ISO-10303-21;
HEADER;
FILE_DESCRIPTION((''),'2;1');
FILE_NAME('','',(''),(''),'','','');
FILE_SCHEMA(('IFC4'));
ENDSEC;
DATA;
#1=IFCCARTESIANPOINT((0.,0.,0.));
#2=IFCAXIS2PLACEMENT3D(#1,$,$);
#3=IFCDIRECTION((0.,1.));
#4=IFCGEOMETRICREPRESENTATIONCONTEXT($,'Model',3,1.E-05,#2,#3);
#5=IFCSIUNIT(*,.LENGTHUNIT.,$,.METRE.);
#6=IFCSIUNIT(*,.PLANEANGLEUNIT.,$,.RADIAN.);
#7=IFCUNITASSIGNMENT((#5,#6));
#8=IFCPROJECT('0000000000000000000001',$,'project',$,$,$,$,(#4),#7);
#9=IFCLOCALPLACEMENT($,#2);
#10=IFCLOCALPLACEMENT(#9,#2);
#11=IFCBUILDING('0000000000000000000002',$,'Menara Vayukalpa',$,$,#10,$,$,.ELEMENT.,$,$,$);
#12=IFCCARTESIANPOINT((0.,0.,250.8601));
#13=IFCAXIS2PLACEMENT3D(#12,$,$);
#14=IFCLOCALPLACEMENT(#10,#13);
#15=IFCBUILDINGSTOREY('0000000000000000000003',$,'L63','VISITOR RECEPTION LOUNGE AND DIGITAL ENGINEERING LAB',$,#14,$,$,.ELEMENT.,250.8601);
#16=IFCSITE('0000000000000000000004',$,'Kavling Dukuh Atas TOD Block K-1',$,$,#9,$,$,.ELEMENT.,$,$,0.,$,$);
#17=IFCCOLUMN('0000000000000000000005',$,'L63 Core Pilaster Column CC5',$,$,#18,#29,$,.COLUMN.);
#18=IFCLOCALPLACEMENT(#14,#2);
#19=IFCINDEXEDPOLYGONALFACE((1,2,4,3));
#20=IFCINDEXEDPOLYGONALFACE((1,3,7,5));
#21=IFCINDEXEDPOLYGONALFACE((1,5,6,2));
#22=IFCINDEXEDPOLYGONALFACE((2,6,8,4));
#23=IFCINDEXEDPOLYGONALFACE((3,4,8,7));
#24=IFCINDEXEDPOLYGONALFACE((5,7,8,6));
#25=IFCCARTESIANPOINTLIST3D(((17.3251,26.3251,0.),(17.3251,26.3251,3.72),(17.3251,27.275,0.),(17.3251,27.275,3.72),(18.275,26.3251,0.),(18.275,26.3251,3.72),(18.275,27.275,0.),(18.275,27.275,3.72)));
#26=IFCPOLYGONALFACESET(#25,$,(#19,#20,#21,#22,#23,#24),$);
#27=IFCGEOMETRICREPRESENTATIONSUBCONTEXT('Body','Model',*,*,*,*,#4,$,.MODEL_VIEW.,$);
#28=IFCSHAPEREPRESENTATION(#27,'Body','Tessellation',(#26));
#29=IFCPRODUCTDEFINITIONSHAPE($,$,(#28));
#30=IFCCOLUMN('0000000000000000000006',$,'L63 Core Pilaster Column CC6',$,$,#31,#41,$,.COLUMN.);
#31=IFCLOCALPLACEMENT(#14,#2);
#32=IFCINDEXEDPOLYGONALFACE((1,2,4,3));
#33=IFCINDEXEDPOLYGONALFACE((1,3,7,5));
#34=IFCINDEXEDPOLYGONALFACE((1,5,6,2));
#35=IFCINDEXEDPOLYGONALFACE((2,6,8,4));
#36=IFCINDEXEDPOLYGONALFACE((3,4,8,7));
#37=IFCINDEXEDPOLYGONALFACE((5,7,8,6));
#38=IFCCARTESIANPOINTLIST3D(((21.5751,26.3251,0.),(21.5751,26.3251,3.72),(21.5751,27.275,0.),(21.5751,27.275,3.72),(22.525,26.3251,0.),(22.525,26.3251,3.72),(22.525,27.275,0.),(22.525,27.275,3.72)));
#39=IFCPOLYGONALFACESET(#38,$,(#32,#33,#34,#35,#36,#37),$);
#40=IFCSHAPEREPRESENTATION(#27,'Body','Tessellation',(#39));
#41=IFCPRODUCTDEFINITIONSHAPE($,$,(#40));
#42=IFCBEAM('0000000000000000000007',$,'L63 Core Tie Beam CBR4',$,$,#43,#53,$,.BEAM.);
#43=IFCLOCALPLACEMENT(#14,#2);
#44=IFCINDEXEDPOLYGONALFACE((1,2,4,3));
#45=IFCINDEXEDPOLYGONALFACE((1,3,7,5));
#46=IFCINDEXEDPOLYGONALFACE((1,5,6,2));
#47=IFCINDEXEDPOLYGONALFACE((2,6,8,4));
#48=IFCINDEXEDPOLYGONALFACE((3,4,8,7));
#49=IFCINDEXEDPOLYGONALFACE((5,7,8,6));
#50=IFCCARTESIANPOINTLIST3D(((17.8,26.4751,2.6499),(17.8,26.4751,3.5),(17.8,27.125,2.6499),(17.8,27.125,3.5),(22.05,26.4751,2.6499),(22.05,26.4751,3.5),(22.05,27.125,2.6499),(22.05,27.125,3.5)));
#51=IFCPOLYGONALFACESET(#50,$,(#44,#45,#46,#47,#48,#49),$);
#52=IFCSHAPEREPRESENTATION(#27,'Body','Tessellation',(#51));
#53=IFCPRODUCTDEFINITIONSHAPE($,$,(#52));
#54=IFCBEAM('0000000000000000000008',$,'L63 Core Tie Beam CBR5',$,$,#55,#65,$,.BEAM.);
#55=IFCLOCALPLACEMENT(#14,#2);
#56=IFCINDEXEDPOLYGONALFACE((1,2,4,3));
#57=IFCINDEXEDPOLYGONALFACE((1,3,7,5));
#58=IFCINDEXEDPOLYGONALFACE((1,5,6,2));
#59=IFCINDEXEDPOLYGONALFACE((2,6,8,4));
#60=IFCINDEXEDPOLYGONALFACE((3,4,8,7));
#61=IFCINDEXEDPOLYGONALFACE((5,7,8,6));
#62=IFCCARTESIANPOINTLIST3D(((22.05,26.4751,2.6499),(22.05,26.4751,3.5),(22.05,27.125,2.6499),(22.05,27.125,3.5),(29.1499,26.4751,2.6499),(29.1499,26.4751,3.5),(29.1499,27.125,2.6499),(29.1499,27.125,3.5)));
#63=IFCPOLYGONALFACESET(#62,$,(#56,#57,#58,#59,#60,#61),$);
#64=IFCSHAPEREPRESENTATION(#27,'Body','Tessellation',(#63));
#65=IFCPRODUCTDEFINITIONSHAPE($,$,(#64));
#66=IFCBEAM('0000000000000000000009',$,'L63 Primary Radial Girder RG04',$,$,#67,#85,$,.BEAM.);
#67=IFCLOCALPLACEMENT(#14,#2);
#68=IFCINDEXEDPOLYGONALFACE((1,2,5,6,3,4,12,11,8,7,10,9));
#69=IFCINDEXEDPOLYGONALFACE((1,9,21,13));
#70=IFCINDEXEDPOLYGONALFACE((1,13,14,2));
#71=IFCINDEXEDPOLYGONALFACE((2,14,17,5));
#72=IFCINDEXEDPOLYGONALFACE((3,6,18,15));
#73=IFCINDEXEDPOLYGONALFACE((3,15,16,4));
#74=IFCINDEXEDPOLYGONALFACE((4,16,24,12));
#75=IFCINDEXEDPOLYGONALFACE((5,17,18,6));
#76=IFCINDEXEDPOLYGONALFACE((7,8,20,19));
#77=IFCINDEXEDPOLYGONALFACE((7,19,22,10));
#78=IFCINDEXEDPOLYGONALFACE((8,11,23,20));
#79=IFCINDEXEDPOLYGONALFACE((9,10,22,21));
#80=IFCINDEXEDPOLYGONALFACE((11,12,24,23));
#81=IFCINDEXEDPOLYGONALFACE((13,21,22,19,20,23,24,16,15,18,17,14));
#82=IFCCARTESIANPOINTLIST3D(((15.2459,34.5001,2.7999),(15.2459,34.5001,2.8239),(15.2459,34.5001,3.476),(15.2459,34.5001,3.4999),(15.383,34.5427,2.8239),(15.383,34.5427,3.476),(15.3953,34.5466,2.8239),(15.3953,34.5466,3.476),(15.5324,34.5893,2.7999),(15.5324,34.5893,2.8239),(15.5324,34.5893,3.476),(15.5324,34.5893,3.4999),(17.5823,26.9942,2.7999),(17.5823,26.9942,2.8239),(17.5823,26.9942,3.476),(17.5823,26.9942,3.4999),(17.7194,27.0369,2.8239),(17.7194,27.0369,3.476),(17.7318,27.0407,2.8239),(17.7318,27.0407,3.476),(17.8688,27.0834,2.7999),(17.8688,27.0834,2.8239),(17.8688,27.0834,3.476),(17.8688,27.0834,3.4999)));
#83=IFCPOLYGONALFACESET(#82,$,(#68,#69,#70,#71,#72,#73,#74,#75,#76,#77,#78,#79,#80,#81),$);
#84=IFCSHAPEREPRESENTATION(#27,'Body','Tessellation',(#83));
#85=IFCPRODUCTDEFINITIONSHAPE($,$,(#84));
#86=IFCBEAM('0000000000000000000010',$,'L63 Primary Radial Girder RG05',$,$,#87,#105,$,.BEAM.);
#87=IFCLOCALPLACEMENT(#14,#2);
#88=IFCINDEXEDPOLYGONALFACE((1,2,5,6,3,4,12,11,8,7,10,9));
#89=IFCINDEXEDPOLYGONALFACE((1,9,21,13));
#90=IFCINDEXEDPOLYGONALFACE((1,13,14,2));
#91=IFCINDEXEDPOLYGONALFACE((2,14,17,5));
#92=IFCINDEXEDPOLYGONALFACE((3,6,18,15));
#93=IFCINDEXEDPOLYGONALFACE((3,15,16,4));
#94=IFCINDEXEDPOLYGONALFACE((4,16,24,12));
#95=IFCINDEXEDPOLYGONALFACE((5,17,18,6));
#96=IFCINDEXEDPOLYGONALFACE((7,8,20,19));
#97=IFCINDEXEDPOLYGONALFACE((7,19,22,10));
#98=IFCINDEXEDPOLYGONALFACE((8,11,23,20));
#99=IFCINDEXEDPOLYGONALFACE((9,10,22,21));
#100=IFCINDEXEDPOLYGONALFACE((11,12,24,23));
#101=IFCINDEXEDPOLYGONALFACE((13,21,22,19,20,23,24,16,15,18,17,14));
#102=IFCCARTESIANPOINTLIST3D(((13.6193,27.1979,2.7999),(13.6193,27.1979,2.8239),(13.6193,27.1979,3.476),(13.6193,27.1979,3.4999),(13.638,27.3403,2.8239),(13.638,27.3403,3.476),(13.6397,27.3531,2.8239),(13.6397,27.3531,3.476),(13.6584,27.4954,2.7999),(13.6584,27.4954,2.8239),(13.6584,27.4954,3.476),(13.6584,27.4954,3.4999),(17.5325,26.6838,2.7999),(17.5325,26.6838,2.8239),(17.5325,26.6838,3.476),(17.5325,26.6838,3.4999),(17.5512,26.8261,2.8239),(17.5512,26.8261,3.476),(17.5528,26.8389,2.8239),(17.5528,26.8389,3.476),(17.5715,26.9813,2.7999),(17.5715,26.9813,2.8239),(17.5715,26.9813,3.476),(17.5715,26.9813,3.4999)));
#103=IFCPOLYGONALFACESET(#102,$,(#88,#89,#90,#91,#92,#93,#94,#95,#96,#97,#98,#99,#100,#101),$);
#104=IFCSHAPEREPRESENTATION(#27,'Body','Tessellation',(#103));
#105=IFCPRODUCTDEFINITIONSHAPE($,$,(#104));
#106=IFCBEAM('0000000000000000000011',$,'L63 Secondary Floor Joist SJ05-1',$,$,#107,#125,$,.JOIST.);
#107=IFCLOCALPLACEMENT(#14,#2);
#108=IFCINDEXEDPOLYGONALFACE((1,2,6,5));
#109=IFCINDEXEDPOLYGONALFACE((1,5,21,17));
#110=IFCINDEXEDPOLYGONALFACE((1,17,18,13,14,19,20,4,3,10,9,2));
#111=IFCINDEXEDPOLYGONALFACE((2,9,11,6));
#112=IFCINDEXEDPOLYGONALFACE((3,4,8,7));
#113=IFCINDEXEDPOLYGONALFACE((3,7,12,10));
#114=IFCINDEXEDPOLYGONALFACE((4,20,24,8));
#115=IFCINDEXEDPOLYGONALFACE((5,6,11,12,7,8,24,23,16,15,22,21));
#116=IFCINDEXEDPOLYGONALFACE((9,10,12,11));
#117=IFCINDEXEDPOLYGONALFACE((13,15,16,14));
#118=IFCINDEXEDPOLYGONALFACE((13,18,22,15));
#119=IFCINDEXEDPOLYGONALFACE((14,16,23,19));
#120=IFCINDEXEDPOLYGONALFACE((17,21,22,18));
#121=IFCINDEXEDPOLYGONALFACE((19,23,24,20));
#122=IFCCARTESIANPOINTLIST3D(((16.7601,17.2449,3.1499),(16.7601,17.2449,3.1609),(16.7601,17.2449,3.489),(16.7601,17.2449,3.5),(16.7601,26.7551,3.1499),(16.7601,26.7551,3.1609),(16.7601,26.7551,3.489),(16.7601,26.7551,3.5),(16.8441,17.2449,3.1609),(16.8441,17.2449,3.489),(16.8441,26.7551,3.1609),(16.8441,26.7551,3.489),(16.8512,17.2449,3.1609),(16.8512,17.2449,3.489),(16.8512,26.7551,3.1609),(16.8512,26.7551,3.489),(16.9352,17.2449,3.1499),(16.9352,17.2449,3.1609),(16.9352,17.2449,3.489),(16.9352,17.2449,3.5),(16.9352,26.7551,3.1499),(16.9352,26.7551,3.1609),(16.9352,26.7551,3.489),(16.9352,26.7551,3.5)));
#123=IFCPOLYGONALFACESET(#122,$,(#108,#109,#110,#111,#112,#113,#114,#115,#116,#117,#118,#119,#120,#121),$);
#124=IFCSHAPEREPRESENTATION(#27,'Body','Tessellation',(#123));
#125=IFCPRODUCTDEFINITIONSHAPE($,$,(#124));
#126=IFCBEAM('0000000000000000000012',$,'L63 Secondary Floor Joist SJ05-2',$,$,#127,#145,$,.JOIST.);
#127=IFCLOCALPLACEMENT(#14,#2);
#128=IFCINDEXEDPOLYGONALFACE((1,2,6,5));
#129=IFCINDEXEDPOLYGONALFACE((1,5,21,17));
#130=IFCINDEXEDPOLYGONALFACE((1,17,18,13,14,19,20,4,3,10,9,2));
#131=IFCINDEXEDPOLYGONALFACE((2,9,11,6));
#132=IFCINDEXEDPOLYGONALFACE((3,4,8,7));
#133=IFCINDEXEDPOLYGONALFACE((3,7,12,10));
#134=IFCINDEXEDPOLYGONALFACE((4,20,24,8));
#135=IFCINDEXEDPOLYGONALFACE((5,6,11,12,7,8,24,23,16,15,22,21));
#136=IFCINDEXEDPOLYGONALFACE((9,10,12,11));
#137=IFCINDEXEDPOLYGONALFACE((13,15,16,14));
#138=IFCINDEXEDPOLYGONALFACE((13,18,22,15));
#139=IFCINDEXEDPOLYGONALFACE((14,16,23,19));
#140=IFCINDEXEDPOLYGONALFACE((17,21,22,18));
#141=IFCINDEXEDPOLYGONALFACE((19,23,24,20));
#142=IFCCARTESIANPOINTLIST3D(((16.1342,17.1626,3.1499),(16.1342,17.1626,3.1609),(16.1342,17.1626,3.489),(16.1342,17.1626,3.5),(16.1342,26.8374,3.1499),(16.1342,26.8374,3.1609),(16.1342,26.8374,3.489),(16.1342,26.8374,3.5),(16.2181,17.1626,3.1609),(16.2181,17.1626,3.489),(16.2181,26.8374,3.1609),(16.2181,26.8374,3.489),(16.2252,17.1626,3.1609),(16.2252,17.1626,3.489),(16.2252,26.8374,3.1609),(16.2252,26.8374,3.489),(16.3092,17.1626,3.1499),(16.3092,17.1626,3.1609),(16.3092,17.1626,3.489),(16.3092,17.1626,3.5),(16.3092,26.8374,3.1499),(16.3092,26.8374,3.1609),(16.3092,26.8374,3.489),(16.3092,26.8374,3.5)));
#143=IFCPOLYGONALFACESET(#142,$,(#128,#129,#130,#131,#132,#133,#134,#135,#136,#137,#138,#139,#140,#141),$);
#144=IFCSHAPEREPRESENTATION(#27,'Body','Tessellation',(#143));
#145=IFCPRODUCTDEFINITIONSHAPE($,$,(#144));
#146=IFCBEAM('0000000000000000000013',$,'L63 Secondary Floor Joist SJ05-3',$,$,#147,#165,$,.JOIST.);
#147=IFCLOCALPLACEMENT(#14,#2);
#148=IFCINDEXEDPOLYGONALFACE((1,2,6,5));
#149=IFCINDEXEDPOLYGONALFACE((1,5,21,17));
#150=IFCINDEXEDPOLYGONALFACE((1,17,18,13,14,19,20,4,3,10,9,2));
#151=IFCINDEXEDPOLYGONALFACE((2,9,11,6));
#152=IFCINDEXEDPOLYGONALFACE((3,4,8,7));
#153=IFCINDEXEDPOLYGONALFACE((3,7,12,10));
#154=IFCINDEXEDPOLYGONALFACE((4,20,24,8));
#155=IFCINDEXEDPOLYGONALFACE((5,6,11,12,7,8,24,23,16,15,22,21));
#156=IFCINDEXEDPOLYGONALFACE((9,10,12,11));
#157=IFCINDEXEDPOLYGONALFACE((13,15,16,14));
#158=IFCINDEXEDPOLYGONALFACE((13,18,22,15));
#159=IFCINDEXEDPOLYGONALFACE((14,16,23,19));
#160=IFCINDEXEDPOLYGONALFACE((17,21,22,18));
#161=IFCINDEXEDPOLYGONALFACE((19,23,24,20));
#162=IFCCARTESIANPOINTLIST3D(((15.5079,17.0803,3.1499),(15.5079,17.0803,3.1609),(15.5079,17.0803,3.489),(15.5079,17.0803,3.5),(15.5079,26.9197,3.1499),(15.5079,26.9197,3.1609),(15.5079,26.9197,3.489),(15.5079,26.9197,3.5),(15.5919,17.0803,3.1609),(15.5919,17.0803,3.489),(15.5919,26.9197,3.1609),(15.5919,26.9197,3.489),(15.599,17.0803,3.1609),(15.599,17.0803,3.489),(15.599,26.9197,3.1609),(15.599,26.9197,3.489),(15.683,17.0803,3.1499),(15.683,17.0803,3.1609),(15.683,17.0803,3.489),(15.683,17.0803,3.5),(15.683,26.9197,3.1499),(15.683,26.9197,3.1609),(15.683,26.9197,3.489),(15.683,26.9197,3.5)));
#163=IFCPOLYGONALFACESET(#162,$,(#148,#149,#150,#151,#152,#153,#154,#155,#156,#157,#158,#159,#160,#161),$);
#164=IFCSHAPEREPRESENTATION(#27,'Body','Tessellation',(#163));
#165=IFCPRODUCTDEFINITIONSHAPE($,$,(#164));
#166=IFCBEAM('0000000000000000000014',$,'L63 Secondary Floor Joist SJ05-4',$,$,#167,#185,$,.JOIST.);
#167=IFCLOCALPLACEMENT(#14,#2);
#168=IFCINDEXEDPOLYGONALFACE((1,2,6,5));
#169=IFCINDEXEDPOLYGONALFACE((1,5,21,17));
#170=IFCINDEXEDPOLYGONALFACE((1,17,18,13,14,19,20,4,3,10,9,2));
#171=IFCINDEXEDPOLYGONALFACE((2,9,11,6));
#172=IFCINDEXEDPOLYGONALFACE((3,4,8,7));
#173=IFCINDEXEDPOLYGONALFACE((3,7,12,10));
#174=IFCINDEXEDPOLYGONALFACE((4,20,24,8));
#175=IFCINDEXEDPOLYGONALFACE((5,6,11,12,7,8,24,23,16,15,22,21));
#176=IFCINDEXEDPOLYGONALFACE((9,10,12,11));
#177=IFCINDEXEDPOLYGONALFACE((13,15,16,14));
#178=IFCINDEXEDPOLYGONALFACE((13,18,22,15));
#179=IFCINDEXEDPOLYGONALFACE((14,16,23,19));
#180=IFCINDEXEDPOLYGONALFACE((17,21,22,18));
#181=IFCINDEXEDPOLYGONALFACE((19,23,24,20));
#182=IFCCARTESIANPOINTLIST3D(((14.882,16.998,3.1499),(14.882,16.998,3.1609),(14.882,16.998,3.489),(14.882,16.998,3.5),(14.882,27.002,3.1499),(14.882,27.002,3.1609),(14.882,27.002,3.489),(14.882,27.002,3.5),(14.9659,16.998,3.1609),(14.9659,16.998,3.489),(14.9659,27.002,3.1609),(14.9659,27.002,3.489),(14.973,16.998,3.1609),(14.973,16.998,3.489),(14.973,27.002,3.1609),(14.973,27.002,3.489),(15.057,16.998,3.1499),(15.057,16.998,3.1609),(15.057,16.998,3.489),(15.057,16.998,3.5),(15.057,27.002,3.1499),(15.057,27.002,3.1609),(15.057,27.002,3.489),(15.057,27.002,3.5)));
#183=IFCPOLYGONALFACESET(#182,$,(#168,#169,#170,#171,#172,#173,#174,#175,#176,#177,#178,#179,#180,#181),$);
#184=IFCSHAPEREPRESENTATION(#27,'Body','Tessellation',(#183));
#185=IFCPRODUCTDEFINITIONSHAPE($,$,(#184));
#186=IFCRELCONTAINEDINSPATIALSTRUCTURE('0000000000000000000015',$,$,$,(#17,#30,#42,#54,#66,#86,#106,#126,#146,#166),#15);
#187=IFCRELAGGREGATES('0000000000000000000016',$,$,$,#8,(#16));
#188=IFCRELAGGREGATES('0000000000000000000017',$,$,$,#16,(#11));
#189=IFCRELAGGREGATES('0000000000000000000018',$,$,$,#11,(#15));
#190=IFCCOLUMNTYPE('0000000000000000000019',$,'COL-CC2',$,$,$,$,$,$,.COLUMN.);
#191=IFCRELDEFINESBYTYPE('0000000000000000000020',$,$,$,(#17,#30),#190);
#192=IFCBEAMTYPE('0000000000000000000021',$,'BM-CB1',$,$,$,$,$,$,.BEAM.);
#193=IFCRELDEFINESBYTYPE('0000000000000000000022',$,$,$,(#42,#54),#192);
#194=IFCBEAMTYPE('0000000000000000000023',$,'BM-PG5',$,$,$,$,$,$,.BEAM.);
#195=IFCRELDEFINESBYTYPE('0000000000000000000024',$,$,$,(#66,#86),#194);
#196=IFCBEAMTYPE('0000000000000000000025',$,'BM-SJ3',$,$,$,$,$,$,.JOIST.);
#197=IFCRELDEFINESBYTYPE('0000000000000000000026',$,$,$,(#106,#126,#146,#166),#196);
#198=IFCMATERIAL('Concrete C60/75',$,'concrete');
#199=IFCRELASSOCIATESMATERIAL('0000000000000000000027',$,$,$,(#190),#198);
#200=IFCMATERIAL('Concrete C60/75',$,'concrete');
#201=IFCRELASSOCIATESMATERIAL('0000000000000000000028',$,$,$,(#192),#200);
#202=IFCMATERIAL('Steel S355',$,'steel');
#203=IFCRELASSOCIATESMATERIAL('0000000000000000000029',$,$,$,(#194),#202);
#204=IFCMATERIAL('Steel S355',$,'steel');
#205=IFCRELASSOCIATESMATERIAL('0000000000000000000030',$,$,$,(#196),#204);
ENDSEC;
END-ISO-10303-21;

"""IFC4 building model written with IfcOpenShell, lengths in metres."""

from ifc_helpers import new_model, si_unit, direction, frame, origin, origin_2d, place, context, subcontext, project, spatial, rectangle, i_section, extrude, material, material_profile, profile_set, type_object, element, save


model = new_model("IFC4")

# Units and contexts
model_context = context("Model", 3, precision=1e-05, world=origin(), true_north=direction((0.0, 1.0)))
body_context = subcontext(model_context, "Body", "Model", "MODEL_VIEW")
ifc_project = project(units=[si_unit("LENGTHUNIT", "METRE"), si_unit("PLANEANGLEUNIT", "RADIAN")], contexts=[model_context])

# Site, building, storey
site_placement = place(None, origin())
site = spatial("IfcSite", under=ifc_project, at=site_placement, Name="Kavling Dukuh Atas TOD Block K-1", CompositionType="ELEMENT", RefElevation=0.0)
building_placement = place(site_placement, origin())
building = spatial("IfcBuilding", under=site, at=building_placement, Name="Menara Vayukalpa", CompositionType="ELEMENT")
storey_placement = place(building_placement, frame((0.0, 0.0, 250.8601)))
storey = spatial("IfcBuildingStorey", under=building, at=storey_placement, Name="L63", Description="VISITOR RECEPTION LOUNGE AND DIGITAL ENGINEERING LAB", CompositionType="ELEMENT", Elevation=250.8601)

# Columns
ifc_material_1 = material(Name="Concrete C60/75", Category="concrete")
ifc_material_profile_1 = material_profile(ifc_material_1, rectangle(XDim=0.95, YDim=0.95, at=origin_2d()), Name="RC 950x950")
ifc_profile_set_1 = profile_set([ifc_material_profile_1], Name="Concrete C60/75")
column_type = type_object("IfcColumnType", Name="COL-CC2", PredefinedType="COLUMN", material=ifc_profile_set_1)
for number, where, z_axis, x_axis, name in (
    (1, (17.8, 26.8, 0.0), (0.0, 0.0, 1.0), (1.0, 0.0, 0.0), "L63 Core Pilaster Column CC5"),
    (2, (22.05, 26.8, 0.0), (0.0, 0.0, 1.0), (1.0, 0.0, 0.0), "L63 Core Pilaster Column CC6"),
):
    element("IfcColumn", number, at=place(storey_placement, frame(where, z_axis=z_axis, x_axis=x_axis)), inside=storey, type_object=column_type, Name=name, PredefinedType="COLUMN", context=body_context, shape_type="SweptSolid", body=[
        extrude(rectangle(XDim=0.95, YDim=0.95, at=origin_2d()), origin(), (0.0, 0.0, 1.0), 3.72),
    ])

# Beams
ifc_material_2 = material(Name="Concrete C60/75", Category="concrete")
ifc_material_profile_2 = material_profile(ifc_material_2, rectangle(XDim=0.6499, YDim=0.8501, at=origin_2d()), Name="RC 650x850")
ifc_profile_set_2 = profile_set([ifc_material_profile_2], Name="Concrete C60/75")
beam_type_1 = type_object("IfcBeamType", Name="BM-CB1", PredefinedType="BEAM", material=ifc_profile_set_2)
beam_1_placement = place(storey_placement, frame((17.8, 26.8, 3.075), z_axis=(1.0, 0.0, 0.0), x_axis=(0.0, 1.0, 0.0)))
element("IfcBeam", 3, at=beam_1_placement, inside=storey, type_object=beam_type_1, Name="L63 Core Tie Beam CBR4", PredefinedType="BEAM", context=body_context, shape_type="SweptSolid", body=[
    extrude(rectangle(XDim=0.6499, YDim=0.8501, at=origin_2d()), origin(), (0.0, 0.0, 1.0), 4.25),
])
beam_2_placement = place(storey_placement, frame((22.05, 26.8, 3.075), z_axis=(1.0, 0.0, 0.0), x_axis=(0.0, 1.0, 0.0)))
element("IfcBeam", 4, at=beam_2_placement, inside=storey, type_object=beam_type_1, Name="L63 Core Tie Beam CBR5", PredefinedType="BEAM", context=body_context, shape_type="SweptSolid", body=[
    extrude(rectangle(XDim=0.6499, YDim=0.8501, at=origin_2d()), origin(), (0.0, 0.0, 1.0), 7.0999),
])
ifc_material_3 = material(Name="Steel S355", Category="steel")
ifc_material_profile_3 = material_profile(ifc_material_3, i_section(OverallWidth=0.3, OverallDepth=0.7, WebThickness=0.0129, FlangeThickness=0.0239, at=origin_2d()), Name="WF 700x300x13x24")
ifc_profile_set_3 = profile_set([ifc_material_profile_3], Name="Steel S355")
beam_type_2 = type_object("IfcBeamType", Name="BM-PG5", PredefinedType="BEAM", material=ifc_profile_set_3)
beam_3_placement = place(storey_placement, frame((17.7256, 27.0388, 3.1499), z_axis=(-0.297214, 0.954811, 0.0), x_axis=(-0.954811, -0.297214, 0.0)))
element("IfcBeam", 5, at=beam_3_placement, inside=storey, type_object=beam_type_2, Name="L63 Primary Radial Girder RG04", PredefinedType="BEAM", context=body_context, shape_type="SweptSolid", body=[
    extrude(i_section(OverallWidth=0.3, OverallDepth=0.7, WebThickness=0.0129, FlangeThickness=0.0239, at=origin_2d()), origin(), (0.0, 0.0, 1.0), 7.8611),
])
beam_4_placement = place(storey_placement, frame((17.552, 26.8325, 3.1499), z_axis=(-0.991478, 0.130275, 0.0), x_axis=(-0.130275, -0.991478, 0.0)))
element("IfcBeam", 6, at=beam_4_placement, inside=storey, type_object=beam_type_2, Name="L63 Primary Radial Girder RG05", PredefinedType="BEAM", context=body_context, shape_type="SweptSolid", body=[
    extrude(i_section(OverallWidth=0.3, OverallDepth=0.7, WebThickness=0.0129, FlangeThickness=0.0239, at=origin_2d()), origin(), (0.0, 0.0, 1.0), 3.9468),
])
ifc_material_4 = material(Name="Steel S355", Category="steel")
ifc_material_profile_4 = material_profile(ifc_material_4, i_section(OverallWidth=0.175, OverallDepth=0.3501, WebThickness=0.0071, FlangeThickness=0.011, at=origin_2d()), Name="WF 350x175x7x11")
ifc_profile_set_4 = profile_set([ifc_material_profile_4], Name="Steel S355")
beam_type_3 = type_object("IfcBeamType", Name="BM-SJ3", PredefinedType="JOIST", material=ifc_profile_set_4)
beam_5_placement = place(storey_placement, frame((16.8477, 26.7551, 3.325), z_axis=(0.0, -1.0, 0.0), x_axis=(1.0, 0.0, 0.0)))
element("IfcBeam", 7, at=beam_5_placement, inside=storey, type_object=beam_type_3, Name="L63 Secondary Floor Joist SJ05-1", PredefinedType="JOIST", context=body_context, shape_type="SweptSolid", body=[
    extrude(i_section(OverallWidth=0.175, OverallDepth=0.3501, WebThickness=0.0071, FlangeThickness=0.011, at=origin_2d()), origin(), (0.0, 0.0, 1.0), 9.5103),
])
beam_6_placement = place(storey_placement, frame((16.2217, 26.8374, 3.325), z_axis=(0.0, -1.0, 0.0), x_axis=(1.0, 0.0, 0.0)))
element("IfcBeam", 8, at=beam_6_placement, inside=storey, type_object=beam_type_3, Name="L63 Secondary Floor Joist SJ05-2", PredefinedType="JOIST", context=body_context, shape_type="SweptSolid", body=[
    extrude(i_section(OverallWidth=0.175, OverallDepth=0.3501, WebThickness=0.0071, FlangeThickness=0.011, at=origin_2d()), origin(), (0.0, 0.0, 1.0), 9.6748),
])
beam_7_placement = place(storey_placement, frame((15.5955, 26.9197, 3.325), z_axis=(0.0, -1.0, 0.0), x_axis=(1.0, 0.0, 0.0)))
element("IfcBeam", 9, at=beam_7_placement, inside=storey, type_object=beam_type_3, Name="L63 Secondary Floor Joist SJ05-3", PredefinedType="JOIST", context=body_context, shape_type="SweptSolid", body=[
    extrude(i_section(OverallWidth=0.175, OverallDepth=0.3501, WebThickness=0.0071, FlangeThickness=0.011, at=origin_2d()), origin(), (0.0, 0.0, 1.0), 9.8394),
])
beam_8_placement = place(storey_placement, frame((14.9695, 27.002, 3.325), z_axis=(0.0, -1.0, 0.0), x_axis=(1.0, 0.0, 0.0)))
element("IfcBeam", 10, at=beam_8_placement, inside=storey, type_object=beam_type_3, Name="L63 Secondary Floor Joist SJ05-4", PredefinedType="JOIST", context=body_context, shape_type="SweptSolid", body=[
    extrude(i_section(OverallWidth=0.175, OverallDepth=0.3501, WebThickness=0.0071, FlangeThickness=0.011, at=origin_2d()), origin(), (0.0, 0.0, 1.0), 10.0039),
])

save(model, "model.ifc")
